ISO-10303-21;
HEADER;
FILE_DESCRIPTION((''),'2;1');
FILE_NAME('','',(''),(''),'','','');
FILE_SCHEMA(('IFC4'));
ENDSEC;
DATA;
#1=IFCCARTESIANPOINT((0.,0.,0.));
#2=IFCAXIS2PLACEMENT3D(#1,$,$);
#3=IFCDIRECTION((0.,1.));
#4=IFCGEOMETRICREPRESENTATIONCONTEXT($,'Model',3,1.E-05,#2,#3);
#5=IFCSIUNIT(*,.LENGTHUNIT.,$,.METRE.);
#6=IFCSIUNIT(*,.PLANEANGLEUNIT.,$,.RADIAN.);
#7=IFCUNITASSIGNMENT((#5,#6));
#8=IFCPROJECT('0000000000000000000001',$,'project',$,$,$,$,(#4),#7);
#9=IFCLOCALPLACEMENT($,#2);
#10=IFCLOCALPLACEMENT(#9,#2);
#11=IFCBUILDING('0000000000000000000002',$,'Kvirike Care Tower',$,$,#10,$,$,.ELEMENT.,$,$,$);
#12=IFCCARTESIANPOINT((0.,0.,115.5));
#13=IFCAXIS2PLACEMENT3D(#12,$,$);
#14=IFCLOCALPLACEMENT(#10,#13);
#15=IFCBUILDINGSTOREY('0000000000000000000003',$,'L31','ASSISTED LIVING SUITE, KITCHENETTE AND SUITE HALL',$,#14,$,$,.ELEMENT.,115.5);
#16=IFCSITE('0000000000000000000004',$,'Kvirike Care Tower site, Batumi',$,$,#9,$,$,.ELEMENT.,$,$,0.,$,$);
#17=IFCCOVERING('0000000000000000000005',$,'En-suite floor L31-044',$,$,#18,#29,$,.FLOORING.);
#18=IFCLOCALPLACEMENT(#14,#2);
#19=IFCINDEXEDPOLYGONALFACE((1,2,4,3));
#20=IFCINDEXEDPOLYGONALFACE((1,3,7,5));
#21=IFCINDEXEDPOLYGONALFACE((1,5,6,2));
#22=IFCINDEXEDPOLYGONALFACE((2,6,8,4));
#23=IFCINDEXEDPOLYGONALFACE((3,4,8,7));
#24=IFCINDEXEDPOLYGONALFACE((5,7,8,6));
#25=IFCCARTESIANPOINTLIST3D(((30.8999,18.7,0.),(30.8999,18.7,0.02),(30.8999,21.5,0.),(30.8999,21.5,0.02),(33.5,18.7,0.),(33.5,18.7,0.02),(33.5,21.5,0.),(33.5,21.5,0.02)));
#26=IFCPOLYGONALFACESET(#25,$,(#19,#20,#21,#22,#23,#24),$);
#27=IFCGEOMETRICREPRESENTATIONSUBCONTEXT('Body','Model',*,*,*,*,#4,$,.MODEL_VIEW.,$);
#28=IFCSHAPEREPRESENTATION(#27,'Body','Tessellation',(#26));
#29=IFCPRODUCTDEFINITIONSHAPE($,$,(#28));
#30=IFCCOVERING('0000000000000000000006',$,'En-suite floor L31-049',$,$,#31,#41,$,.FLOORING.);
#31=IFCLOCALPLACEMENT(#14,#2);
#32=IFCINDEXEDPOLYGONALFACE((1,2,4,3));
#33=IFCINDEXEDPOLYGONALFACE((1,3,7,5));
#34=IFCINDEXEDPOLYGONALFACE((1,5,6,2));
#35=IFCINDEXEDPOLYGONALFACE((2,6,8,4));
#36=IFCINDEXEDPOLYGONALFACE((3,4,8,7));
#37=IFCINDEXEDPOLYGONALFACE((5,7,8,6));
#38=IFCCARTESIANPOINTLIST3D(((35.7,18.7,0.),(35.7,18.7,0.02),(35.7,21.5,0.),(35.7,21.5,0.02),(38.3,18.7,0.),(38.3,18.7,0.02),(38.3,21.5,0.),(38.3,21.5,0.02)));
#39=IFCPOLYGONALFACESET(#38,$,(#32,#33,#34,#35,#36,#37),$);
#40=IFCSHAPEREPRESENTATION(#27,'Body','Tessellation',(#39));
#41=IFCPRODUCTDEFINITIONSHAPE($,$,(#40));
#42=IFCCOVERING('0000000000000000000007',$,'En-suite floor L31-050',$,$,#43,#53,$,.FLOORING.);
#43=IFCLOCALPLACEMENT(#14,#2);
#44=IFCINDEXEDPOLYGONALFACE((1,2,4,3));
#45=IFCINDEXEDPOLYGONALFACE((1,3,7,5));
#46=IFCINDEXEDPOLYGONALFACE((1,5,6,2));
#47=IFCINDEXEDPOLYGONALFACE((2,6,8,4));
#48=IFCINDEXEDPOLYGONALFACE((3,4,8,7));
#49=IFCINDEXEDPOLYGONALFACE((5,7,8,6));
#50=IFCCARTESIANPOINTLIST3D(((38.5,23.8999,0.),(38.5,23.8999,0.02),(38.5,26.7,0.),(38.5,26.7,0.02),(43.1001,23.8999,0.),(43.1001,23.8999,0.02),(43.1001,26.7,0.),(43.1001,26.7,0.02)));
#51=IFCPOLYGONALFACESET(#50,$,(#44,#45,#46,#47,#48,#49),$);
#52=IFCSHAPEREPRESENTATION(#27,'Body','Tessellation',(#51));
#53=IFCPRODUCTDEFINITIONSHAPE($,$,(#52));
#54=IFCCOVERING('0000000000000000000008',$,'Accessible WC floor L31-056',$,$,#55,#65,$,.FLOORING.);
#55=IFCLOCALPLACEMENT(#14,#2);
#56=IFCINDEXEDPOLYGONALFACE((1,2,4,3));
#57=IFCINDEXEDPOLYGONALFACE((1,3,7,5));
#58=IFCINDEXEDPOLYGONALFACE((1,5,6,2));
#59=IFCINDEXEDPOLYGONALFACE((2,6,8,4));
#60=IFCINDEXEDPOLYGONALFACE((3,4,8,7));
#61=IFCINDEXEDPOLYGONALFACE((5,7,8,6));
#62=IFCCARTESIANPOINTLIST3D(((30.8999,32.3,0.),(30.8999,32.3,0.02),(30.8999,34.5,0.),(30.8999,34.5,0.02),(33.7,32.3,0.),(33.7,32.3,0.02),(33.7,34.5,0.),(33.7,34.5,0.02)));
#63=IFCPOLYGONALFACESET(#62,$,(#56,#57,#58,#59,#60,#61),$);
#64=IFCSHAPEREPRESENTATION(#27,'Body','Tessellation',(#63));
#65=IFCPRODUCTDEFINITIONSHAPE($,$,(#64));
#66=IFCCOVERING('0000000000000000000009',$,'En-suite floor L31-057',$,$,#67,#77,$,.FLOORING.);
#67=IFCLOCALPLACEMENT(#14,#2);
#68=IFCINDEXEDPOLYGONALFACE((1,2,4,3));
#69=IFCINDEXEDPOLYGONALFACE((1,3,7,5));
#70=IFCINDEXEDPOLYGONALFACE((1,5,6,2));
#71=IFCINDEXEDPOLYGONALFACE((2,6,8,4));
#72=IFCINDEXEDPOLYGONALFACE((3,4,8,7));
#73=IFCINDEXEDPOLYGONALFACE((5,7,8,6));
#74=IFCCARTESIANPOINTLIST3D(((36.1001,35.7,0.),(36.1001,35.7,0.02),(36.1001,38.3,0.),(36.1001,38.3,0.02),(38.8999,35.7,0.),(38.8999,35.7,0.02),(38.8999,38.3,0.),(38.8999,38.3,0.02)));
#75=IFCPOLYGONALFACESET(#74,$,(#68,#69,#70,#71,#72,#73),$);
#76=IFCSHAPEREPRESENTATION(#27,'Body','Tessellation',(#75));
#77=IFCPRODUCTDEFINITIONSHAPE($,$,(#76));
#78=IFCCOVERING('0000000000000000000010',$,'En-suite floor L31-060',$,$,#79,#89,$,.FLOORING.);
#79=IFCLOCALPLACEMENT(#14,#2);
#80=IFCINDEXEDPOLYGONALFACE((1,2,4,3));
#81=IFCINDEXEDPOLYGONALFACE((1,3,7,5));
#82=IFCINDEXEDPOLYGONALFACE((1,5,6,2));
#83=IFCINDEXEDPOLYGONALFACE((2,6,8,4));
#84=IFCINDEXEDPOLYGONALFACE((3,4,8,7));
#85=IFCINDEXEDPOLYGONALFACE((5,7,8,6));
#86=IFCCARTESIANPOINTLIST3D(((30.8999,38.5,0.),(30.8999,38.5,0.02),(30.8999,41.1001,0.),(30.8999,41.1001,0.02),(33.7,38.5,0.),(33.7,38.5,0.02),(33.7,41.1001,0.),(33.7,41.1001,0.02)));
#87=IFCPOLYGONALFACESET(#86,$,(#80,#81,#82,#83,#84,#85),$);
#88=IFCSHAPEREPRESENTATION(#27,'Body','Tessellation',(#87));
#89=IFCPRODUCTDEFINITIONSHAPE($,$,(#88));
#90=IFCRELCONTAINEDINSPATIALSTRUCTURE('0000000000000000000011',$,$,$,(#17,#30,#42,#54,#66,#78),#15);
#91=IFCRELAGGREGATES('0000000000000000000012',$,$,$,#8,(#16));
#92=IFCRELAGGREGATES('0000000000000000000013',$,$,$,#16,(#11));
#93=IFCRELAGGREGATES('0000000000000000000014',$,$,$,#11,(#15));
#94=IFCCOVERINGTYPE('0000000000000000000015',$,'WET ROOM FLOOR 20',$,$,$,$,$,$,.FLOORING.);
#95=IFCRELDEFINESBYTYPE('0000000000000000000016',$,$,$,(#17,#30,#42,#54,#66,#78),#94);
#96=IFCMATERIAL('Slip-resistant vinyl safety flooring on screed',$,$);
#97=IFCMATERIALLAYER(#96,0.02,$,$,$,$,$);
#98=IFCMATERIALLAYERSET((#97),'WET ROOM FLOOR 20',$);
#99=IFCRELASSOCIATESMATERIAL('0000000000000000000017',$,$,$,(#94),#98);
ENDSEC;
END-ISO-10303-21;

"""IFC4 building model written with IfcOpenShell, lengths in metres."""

from ifc_helpers import new_model, si_unit, direction, frame, origin, place, context, subcontext, project, spatial, polyline, outline, extrude, material, layer, layer_set, type_object, element, save


model = new_model("IFC4")

# Units and contexts
model_context = context("Model", 3, precision=1e-05, world=origin(), true_north=direction((0.0, 1.0)))
body_context = subcontext(model_context, "Body", "Model", "MODEL_VIEW")
ifc_project = project(units=[si_unit("LENGTHUNIT", "METRE"), si_unit("PLANEANGLEUNIT", "RADIAN")], contexts=[model_context])

# Site, building, storey
site_placement = place(None, origin())
site = spatial("IfcSite", under=ifc_project, at=site_placement, Name="Kvirike Care Tower site, Batumi", CompositionType="ELEMENT", RefElevation=0.0)
building_placement = place(site_placement, origin())
building = spatial("IfcBuilding", under=site, at=building_placement, Name="Kvirike Care Tower", CompositionType="ELEMENT")
storey_placement = place(building_placement, frame((0.0, 0.0, 115.5)))
storey = spatial("IfcBuildingStorey", under=building, at=storey_placement, Name="L31", Description="ASSISTED LIVING SUITE, KITCHENETTE AND SUITE HALL", CompositionType="ELEMENT", Elevation=115.5)

# Coverings
ifc_material_1 = material(Name="Slip-resistant vinyl safety flooring on screed")
ifc_layer_1 = layer(ifc_material_1, 0.02)
ifc_layer_set_1 = layer_set([ifc_layer_1], Name="WET ROOM FLOOR 20")
covering_type_1 = type_object("IfcCoveringType", Name="WET ROOM FLOOR 20", PredefinedType="FLOORING", material=ifc_layer_set_1)
covering_1_placement = place(storey_placement, origin())
element("IfcCovering", 1, at=covering_1_placement, inside=storey, type_object=covering_type_1, Name="En-suite floor L31-044", PredefinedType="FLOORING", context=body_context, shape_type="SweptSolid", body=[
    extrude(outline(polyline([(30.8999, 18.7), (30.8999, 21.5), (33.5, 21.5), (33.5, 18.7), (30.8999, 18.7)])), origin(), (0.0, 0.0, 1.0), 0.02),
])
covering_2_placement = place(storey_placement, origin())
element("IfcCovering", 2, at=covering_2_placement, inside=storey, type_object=covering_type_1, Name="En-suite floor L31-049", PredefinedType="FLOORING", context=body_context, shape_type="SweptSolid", body=[
    extrude(outline(polyline([(35.7, 18.7), (35.7, 21.5), (38.3, 21.5), (38.3, 18.7), (35.7, 18.7)])), origin(), (0.0, 0.0, 1.0), 0.02),
])
covering_3_placement = place(storey_placement, origin())
element("IfcCovering", 3, at=covering_3_placement, inside=storey, type_object=covering_type_1, Name="En-suite floor L31-050", PredefinedType="FLOORING", context=body_context, shape_type="SweptSolid", body=[
    extrude(outline(polyline([(38.5, 23.8999), (38.5, 26.7), (43.1001, 26.7), (43.1001, 23.8999), (38.5, 23.8999)])), origin(), (0.0, 0.0, 1.0), 0.02),
])
covering_4_placement = place(storey_placement, origin())
element("IfcCovering", 4, at=covering_4_placement, inside=storey, type_object=covering_type_1, Name="Accessible WC floor L31-056", PredefinedType="FLOORING", context=body_context, shape_type="SweptSolid", body=[
    extrude(outline(polyline([(33.7, 32.3), (30.8999, 32.3), (30.8999, 34.5), (33.7, 34.5), (33.7, 32.3)])), origin(), (0.0, 0.0, 1.0), 0.02),
])
covering_5_placement = place(storey_placement, origin())
element("IfcCovering", 5, at=covering_5_placement, inside=storey, type_object=covering_type_1, Name="En-suite floor L31-057", PredefinedType="FLOORING", context=body_context, shape_type="SweptSolid", body=[
    extrude(outline(polyline([(38.8999, 35.7), (36.1001, 35.7), (36.1001, 38.3), (38.8999, 38.3), (38.8999, 35.7)])), origin(), (0.0, 0.0, 1.0), 0.02),
])
covering_6_placement = place(storey_placement, origin())
element("IfcCovering", 6, at=covering_6_placement, inside=storey, type_object=covering_type_1, Name="En-suite floor L31-060", PredefinedType="FLOORING", context=body_context, shape_type="SweptSolid", body=[
    extrude(outline(polyline([(33.7, 38.5), (30.8999, 38.5), (30.8999, 41.1001), (33.7, 41.1001), (33.7, 38.5)])), origin(), (0.0, 0.0, 1.0), 0.02),
])

save(model, "model.ifc")
